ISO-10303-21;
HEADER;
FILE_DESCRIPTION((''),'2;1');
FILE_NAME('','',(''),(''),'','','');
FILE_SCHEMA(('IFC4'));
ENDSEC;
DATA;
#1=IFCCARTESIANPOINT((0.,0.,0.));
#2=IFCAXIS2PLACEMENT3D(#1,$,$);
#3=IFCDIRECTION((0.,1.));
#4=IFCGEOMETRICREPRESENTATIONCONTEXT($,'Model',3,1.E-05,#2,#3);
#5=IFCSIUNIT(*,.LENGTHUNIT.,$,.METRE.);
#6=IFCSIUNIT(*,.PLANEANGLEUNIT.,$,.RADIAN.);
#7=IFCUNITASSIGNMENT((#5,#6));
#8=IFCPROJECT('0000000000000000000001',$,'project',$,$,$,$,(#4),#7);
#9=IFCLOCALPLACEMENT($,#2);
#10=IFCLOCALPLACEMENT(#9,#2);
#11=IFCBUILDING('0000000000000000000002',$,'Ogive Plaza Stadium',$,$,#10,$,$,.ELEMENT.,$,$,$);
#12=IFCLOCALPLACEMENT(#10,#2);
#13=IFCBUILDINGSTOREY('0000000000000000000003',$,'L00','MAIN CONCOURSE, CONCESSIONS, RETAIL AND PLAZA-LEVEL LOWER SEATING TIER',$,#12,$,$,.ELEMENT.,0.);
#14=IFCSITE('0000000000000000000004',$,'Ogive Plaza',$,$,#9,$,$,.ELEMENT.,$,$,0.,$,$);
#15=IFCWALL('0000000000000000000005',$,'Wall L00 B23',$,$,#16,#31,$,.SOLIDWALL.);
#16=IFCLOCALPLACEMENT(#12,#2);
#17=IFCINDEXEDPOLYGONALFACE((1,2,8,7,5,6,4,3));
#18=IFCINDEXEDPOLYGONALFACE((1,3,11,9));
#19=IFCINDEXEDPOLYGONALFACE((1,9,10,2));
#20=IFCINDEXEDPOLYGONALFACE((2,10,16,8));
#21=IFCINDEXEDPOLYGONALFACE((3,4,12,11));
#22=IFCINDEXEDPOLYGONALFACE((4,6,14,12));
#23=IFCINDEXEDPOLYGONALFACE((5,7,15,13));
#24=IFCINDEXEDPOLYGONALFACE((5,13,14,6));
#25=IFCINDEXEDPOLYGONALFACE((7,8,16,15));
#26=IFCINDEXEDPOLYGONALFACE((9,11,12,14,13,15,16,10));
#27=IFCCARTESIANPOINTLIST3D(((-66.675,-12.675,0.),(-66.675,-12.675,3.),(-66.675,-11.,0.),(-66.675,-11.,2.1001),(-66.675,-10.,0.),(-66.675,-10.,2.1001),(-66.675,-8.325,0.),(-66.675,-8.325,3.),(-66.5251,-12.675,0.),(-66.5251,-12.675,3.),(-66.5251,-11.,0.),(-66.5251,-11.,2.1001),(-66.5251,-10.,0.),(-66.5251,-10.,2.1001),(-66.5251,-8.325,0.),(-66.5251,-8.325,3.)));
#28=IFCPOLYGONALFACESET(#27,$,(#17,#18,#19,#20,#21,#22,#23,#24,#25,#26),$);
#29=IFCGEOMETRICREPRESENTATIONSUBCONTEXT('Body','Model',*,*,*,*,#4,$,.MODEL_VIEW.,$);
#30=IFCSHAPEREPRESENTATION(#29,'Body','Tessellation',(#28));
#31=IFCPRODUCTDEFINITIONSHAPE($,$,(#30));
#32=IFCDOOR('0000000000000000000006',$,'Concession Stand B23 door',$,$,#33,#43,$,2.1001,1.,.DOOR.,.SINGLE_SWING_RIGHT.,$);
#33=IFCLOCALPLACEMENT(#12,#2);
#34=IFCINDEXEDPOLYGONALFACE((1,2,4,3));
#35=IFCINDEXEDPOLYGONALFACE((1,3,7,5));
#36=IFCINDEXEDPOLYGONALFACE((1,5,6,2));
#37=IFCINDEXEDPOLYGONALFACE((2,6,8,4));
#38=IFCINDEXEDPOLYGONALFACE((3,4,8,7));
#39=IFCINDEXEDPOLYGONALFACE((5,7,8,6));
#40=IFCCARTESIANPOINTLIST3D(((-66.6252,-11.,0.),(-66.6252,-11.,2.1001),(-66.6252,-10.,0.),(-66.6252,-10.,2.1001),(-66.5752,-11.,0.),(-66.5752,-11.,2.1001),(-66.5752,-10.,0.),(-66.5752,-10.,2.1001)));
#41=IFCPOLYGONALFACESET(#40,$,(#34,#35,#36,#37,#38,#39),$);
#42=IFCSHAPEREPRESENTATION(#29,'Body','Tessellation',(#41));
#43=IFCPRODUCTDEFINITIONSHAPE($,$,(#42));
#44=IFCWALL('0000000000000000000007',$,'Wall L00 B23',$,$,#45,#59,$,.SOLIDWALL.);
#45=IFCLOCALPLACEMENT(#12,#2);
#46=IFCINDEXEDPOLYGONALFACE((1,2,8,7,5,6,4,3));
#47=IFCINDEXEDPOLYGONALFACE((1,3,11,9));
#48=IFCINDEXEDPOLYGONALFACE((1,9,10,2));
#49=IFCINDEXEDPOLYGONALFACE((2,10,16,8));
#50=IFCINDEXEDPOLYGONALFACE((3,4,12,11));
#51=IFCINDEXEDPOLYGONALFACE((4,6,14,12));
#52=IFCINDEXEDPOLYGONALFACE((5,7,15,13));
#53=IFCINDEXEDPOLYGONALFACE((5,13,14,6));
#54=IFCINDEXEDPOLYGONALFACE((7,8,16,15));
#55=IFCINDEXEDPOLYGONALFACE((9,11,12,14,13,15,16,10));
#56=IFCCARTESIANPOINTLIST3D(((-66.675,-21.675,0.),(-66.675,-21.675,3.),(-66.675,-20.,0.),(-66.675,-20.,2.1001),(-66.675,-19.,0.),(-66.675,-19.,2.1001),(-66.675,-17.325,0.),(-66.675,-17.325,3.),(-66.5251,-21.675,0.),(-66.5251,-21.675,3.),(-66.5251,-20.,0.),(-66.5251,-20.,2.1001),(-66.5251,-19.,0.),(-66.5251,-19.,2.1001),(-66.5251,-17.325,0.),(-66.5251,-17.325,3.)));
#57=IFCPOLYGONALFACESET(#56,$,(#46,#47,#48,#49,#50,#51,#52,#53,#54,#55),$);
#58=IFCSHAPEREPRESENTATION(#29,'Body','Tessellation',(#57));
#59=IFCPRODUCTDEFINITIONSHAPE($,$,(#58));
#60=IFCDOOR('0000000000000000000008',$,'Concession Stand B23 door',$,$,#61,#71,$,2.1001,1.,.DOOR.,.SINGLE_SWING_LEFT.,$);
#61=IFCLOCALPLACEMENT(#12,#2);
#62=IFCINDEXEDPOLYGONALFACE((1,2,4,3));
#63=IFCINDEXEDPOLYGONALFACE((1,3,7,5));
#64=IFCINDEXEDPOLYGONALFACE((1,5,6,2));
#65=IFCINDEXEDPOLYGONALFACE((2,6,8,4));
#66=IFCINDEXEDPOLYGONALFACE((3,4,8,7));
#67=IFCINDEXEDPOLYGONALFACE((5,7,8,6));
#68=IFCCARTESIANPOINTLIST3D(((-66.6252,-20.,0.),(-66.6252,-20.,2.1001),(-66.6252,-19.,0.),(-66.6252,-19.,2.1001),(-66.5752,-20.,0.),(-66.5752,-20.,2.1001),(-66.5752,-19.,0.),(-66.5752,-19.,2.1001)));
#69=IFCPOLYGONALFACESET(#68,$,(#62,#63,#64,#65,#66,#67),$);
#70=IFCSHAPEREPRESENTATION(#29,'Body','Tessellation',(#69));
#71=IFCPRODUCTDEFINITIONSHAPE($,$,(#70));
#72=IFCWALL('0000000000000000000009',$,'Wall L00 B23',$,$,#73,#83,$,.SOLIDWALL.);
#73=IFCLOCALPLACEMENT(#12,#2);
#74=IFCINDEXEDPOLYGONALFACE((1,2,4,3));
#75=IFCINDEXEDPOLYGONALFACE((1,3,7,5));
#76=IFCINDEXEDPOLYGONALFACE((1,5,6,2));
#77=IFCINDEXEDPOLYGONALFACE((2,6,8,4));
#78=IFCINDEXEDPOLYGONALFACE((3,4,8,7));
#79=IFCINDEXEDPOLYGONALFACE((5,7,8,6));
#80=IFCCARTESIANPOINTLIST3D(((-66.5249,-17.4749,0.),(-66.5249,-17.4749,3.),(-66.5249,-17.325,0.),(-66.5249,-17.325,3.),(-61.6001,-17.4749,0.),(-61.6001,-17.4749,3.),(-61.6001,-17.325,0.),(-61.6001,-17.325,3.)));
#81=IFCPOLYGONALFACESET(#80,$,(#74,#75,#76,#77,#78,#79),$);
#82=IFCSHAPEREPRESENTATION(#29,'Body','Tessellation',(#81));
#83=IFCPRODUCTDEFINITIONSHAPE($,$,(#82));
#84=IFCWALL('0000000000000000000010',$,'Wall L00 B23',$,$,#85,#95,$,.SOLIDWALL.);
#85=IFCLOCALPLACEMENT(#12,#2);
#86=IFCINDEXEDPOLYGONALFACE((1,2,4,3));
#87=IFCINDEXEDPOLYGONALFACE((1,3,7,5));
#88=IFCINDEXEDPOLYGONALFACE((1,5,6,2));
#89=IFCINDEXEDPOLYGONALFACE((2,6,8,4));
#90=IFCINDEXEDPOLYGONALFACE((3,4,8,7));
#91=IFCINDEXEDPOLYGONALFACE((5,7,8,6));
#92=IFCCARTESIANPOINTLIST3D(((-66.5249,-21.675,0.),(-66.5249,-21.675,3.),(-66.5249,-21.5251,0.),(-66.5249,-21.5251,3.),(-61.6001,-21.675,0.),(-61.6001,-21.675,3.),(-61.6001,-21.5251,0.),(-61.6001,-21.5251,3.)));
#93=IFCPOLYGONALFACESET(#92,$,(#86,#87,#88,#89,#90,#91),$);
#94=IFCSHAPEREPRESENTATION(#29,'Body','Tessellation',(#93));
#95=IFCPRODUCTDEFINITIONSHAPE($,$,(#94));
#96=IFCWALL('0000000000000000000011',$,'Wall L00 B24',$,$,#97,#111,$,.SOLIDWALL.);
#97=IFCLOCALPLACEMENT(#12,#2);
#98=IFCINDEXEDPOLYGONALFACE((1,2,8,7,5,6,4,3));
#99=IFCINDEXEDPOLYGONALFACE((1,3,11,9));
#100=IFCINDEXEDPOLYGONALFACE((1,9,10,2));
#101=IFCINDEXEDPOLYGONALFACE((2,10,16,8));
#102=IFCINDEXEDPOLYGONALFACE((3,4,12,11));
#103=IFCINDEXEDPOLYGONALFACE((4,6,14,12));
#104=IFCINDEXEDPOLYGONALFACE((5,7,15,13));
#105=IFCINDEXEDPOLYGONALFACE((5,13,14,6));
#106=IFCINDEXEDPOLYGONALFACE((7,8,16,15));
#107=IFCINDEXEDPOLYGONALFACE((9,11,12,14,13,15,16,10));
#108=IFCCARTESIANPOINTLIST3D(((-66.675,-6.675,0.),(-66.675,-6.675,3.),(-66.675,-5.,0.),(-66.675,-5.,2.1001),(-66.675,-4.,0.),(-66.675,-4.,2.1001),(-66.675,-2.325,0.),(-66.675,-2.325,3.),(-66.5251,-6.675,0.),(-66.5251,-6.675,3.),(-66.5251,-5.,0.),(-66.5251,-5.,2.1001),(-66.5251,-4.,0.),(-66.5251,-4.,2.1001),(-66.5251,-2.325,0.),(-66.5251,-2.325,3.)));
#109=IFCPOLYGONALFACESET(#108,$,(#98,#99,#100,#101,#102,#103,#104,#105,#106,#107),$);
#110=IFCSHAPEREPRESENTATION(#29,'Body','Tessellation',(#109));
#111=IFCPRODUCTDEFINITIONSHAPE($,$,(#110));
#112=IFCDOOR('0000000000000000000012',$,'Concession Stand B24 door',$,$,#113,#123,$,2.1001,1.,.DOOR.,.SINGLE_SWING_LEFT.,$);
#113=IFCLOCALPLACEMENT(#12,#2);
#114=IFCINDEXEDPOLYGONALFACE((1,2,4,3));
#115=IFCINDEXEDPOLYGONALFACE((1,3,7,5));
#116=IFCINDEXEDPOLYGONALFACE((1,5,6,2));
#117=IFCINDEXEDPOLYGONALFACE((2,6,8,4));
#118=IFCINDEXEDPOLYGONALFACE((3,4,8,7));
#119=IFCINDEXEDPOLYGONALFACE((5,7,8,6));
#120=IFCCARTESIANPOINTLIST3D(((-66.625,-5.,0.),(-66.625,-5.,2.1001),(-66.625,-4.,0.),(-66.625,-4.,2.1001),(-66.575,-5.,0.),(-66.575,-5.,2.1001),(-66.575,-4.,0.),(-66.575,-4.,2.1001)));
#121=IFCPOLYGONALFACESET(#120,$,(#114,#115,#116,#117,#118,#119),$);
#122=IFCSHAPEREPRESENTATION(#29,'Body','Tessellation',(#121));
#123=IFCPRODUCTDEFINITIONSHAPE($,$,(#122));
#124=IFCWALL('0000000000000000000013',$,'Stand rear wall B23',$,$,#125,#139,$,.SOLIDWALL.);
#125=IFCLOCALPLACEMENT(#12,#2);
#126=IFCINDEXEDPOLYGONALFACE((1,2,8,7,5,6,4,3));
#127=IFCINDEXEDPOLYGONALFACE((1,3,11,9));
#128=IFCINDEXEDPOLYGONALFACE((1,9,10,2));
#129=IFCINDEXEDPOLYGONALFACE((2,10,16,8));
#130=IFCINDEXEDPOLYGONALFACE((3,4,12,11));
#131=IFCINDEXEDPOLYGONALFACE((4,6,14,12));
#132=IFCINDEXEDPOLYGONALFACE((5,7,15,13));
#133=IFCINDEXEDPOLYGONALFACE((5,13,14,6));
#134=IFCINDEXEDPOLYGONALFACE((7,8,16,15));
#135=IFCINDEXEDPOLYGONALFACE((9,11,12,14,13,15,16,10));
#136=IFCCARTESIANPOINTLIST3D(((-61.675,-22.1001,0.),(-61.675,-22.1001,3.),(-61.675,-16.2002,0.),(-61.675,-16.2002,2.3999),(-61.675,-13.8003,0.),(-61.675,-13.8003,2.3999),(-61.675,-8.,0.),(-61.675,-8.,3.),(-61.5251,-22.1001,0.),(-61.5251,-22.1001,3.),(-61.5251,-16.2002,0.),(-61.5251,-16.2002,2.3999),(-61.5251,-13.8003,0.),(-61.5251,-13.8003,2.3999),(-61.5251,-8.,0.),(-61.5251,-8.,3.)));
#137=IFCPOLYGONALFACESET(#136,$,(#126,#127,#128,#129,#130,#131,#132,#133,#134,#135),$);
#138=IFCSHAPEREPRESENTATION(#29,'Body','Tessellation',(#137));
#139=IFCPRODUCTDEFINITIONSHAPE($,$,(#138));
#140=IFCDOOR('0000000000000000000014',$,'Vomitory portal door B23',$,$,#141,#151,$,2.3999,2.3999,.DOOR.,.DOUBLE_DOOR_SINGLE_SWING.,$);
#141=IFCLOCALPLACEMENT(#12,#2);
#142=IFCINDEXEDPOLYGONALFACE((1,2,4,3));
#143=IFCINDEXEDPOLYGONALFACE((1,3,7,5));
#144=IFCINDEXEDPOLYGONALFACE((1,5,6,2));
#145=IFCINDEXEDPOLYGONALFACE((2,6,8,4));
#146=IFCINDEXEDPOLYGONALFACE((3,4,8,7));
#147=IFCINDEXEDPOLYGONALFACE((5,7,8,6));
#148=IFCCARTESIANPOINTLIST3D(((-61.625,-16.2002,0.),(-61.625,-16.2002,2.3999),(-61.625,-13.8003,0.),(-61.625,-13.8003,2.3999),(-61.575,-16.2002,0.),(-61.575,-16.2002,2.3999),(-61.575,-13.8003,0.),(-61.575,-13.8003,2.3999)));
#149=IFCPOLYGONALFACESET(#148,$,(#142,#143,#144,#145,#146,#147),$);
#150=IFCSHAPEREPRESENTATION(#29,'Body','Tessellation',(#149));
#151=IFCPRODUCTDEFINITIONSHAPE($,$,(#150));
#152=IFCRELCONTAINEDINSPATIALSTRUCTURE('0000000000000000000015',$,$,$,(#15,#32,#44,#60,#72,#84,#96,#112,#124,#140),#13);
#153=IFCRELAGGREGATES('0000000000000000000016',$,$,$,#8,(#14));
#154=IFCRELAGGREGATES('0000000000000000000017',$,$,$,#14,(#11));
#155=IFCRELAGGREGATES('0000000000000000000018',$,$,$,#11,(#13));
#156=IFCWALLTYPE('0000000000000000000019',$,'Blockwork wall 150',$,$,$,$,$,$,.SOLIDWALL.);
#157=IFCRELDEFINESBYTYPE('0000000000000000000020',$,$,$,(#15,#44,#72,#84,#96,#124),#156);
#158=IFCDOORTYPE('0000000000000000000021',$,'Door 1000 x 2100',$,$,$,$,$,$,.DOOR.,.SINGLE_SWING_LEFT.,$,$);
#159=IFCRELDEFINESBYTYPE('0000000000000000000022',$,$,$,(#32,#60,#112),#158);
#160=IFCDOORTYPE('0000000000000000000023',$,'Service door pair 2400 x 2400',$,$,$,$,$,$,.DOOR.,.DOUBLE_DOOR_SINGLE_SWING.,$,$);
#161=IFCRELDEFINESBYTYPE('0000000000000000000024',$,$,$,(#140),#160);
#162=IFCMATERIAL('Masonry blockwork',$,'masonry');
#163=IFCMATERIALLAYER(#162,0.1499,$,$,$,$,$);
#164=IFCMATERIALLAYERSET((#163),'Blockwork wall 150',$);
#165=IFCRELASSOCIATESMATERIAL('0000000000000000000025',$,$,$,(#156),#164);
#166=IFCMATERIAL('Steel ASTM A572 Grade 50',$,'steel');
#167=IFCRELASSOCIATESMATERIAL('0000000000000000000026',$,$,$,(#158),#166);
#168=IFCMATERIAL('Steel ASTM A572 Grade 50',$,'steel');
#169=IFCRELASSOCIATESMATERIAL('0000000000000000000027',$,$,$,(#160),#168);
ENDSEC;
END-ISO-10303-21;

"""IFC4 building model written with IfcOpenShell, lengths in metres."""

from ifc_helpers import new_model, si_unit, direction, frame, frame_2d, origin, place, context, subcontext, project, spatial, rectangle, extrude, material, layer, layer_set, type_object, element, fill, save


model = new_model("IFC4")

# Units and contexts
model_context = context("Model", 3, precision=1e-05, world=origin(), true_north=direction((0.0, 1.0)))
body_context = subcontext(model_context, "Body", "Model", "MODEL_VIEW")
ifc_project = project(units=[si_unit("LENGTHUNIT", "METRE"), si_unit("PLANEANGLEUNIT", "RADIAN")], contexts=[model_context])

# Site, building, storey
site_placement = place(None, origin())
site = spatial("IfcSite", under=ifc_project, at=site_placement, Name="Ogive Plaza", CompositionType="ELEMENT", RefElevation=0.0)
building_placement = place(site_placement, origin())
building = spatial("IfcBuilding", under=site, at=building_placement, Name="Ogive Plaza Stadium", CompositionType="ELEMENT")
storey_placement = place(building_placement, origin())
storey = spatial("IfcBuildingStorey", under=building, at=storey_placement, Name="L00", Description="MAIN CONCOURSE, CONCESSIONS, RETAIL AND PLAZA-LEVEL LOWER SEATING TIER", CompositionType="ELEMENT", Elevation=0.0)

# Shared definitions
ifc_material_1 = material(Name="Masonry blockwork", Category="masonry")
ifc_layer = layer(ifc_material_1, 0.1499)
ifc_layer_set = layer_set([ifc_layer], Name="Blockwork wall 150")
wall_type = type_object("IfcWallType", Name="Blockwork wall 150", PredefinedType="SOLIDWALL", material=ifc_layer_set)

# Walls, openings, doors
wall_1_placement = place(storey_placement, frame((-66.6001, -8.325, 0.0), z_axis=(0.0, 0.0, 1.0), x_axis=(0.0, -1.0, 0.0)))
wall_1 = element("IfcWall", 1, at=wall_1_placement, inside=storey, type_object=wall_type, Name="Wall L00 B23", PredefinedType="SOLIDWALL", context=body_context, shape_type="SweptSolid", body=[
    extrude(rectangle(XDim=4.3501, YDim=0.1499, at=frame_2d((2.175, 0.0))), origin(), (0.0, 0.0, 1.0), 3.0),
])
opening_1_placement = place(wall_1_placement, frame((1.675, 0.0, 0.0)))
opening_1 = element("IfcOpeningElement", 2, at=opening_1_placement, cuts=wall_1, PredefinedType="OPENING", context=body_context, shape_type="SweptSolid", body=[
    extrude(rectangle(XDim=1.0, YDim=2.1001, at=frame_2d((0.5, 1.05))), frame((0.0, 0.075, 0.0), z_axis=(0.0, -1.0, 0.0), x_axis=(1.0, 0.0, 0.0)), (0.0, 0.0, 1.0), 0.1499),
])
ifc_material_2 = material(Name="Steel ASTM A572 Grade 50", Category="steel")
door_type_1 = type_object("IfcDoorType", Name="Door 1000 x 2100", OperationType="SINGLE_SWING_LEFT", PredefinedType="DOOR", material=ifc_material_2)
door_1_placement = place(opening_1_placement, origin())
door_1 = element("IfcDoor", 3, at=door_1_placement, inside=storey, type_object=door_type_1, Name="Concession Stand B23 door", OperationType="SINGLE_SWING_RIGHT", OverallHeight=2.1001, OverallWidth=1.0, PredefinedType="DOOR", context=body_context, shape_type="SweptSolid", body=[
    extrude(rectangle(XDim=1.0, YDim=2.1001, at=frame_2d((0.5, 1.05))), frame((0.0, 0.0249, 0.0), z_axis=(0.0, -1.0, 0.0), x_axis=(1.0, 0.0, 0.0)), (0.0, 0.0, 1.0), 0.05),
])
fill(opening_1, door_1)
wall_2_placement = place(storey_placement, frame((-66.6001, -17.325, 0.0), z_axis=(0.0, 0.0, 1.0), x_axis=(0.0, -1.0, 0.0)))
wall_2 = element("IfcWall", 4, at=wall_2_placement, inside=storey, type_object=wall_type, Name="Wall L00 B23", PredefinedType="SOLIDWALL", context=body_context, shape_type="SweptSolid", body=[
    extrude(rectangle(XDim=4.3501, YDim=0.1499, at=frame_2d((2.175, 0.0))), origin(), (0.0, 0.0, 1.0), 3.0),
])
opening_2_placement = place(wall_2_placement, frame((1.675, 0.0, 0.0)))
opening_2 = element("IfcOpeningElement", 5, at=opening_2_placement, cuts=wall_2, PredefinedType="OPENING", context=body_context, shape_type="SweptSolid", body=[
    extrude(rectangle(XDim=1.0, YDim=2.1001, at=frame_2d((0.5, 1.05))), frame((0.0, 0.075, 0.0), z_axis=(0.0, -1.0, 0.0), x_axis=(1.0, 0.0, 0.0)), (0.0, 0.0, 1.0), 0.1499),
])
door_2_placement = place(opening_2_placement, origin())
door_2 = element("IfcDoor", 6, at=door_2_placement, inside=storey, type_object=door_type_1, Name="Concession Stand B23 door", OperationType="SINGLE_SWING_LEFT", OverallHeight=2.1001, OverallWidth=1.0, PredefinedType="DOOR", context=body_context, shape_type="SweptSolid", body=[
    extrude(rectangle(XDim=1.0, YDim=2.1001, at=frame_2d((0.5, 1.05))), frame((0.0, 0.0249, 0.0), z_axis=(0.0, -1.0, 0.0), x_axis=(1.0, 0.0, 0.0)), (0.0, 0.0, 1.0), 0.05),
])
fill(opening_2, door_2)

# Walls
for number, where, z_axis, x_axis, name in (
    (7, (-61.6001, -17.3999, 0.0), (0.0, 0.0, 1.0), (-1.0, 0.0, 0.0), "Wall L00 B23"),
    (8, (-61.6001, -21.6001, 0.0), (0.0, 0.0, 1.0), (-1.0, 0.0, 0.0), "Wall L00 B23"),
):
    element("IfcWall", number, at=place(storey_placement, frame(where, z_axis=z_axis, x_axis=x_axis)), inside=storey, type_object=wall_type, Name=name, PredefinedType="SOLIDWALL", context=body_context, shape_type="SweptSolid", body=[
        extrude(rectangle(XDim=4.9248, YDim=0.1499, at=frame_2d((2.4624, 0.0))), origin(), (0.0, 0.0, 1.0), 3.0),
    ])

# Walls, openings, doors
wall_3_placement = place(storey_placement, frame((-66.6001, -6.675, 0.0), z_axis=(0.0, 0.0, 1.0), x_axis=(0.0, 1.0, 0.0)))
wall_3 = element("IfcWall", 9, at=wall_3_placement, inside=storey, type_object=wall_type, Name="Wall L00 B24", PredefinedType="SOLIDWALL", context=body_context, shape_type="SweptSolid", body=[
    extrude(rectangle(XDim=4.3501, YDim=0.1499, at=frame_2d((2.175, 0.0))), origin(), (0.0, 0.0, 1.0), 3.0),
])
opening_3_placement = place(wall_3_placement, frame((1.675, 0.0, 0.0)))
opening_3 = element("IfcOpeningElement", 10, at=opening_3_placement, cuts=wall_3, PredefinedType="OPENING", context=body_context, shape_type="SweptSolid", body=[
    extrude(rectangle(XDim=1.0, YDim=2.1001, at=frame_2d((0.5, 1.05))), frame((0.0, 0.075, 0.0), z_axis=(0.0, -1.0, 0.0), x_axis=(1.0, 0.0, 0.0)), (0.0, 0.0, 1.0), 0.1499),
])
door_3_placement = place(opening_3_placement, origin())
door_3 = element("IfcDoor", 11, at=door_3_placement, inside=storey, type_object=door_type_1, Name="Concession Stand B24 door", OperationType="SINGLE_SWING_LEFT", OverallHeight=2.1001, OverallWidth=1.0, PredefinedType="DOOR", context=body_context, shape_type="SweptSolid", body=[
    extrude(rectangle(XDim=1.0, YDim=2.1001, at=frame_2d((0.5, 1.05))), frame((0.0, 0.0249, 0.0), z_axis=(0.0, -1.0, 0.0), x_axis=(1.0, 0.0, 0.0)), (0.0, 0.0, 1.0), 0.05),
])
fill(opening_3, door_3)
wall_4_placement = place(storey_placement, frame((-61.6001, -22.1001, 0.0), z_axis=(0.0, 0.0, 1.0), x_axis=(0.0, 1.0, 0.0)))
wall_4 = element("IfcWall", 12, at=wall_4_placement, inside=storey, type_object=wall_type, Name="Stand rear wall B23", PredefinedType="SOLIDWALL", context=body_context, shape_type="SweptSolid", body=[
    extrude(rectangle(XDim=14.1001, YDim=0.1499, at=frame_2d((7.05, 0.0))), origin(), (0.0, 0.0, 1.0), 3.0),
])
opening_4_placement = place(wall_4_placement, frame((5.8999, 0.0, 0.0)))
opening_4 = element("IfcOpeningElement", 13, at=opening_4_placement, cuts=wall_4, PredefinedType="OPENING", context=body_context, shape_type="SweptSolid", body=[
    extrude(rectangle(XDim=2.3999, YDim=2.3999, at=frame_2d((1.2, 1.2))), frame((0.0, 0.075, 0.0), z_axis=(0.0, -1.0, 0.0), x_axis=(1.0, 0.0, 0.0)), (0.0, 0.0, 1.0), 0.1499),
])
ifc_material_3 = material(Name="Steel ASTM A572 Grade 50", Category="steel")
door_type_2 = type_object("IfcDoorType", Name="Service door pair 2400 x 2400", OperationType="DOUBLE_DOOR_SINGLE_SWING", PredefinedType="DOOR", material=ifc_material_3)
door_4_placement = place(opening_4_placement, origin())
door_4 = element("IfcDoor", 14, at=door_4_placement, inside=storey, type_object=door_type_2, Name="Vomitory portal door B23", OperationType="DOUBLE_DOOR_SINGLE_SWING", OverallHeight=2.3999, OverallWidth=2.3999, PredefinedType="DOOR", context=body_context, shape_type="SweptSolid", body=[
    extrude(rectangle(XDim=2.3999, YDim=2.3999, at=frame_2d((1.2, 1.2))), frame((0.0, 0.0249, 0.0), z_axis=(0.0, -1.0, 0.0), x_axis=(1.0, 0.0, 0.0)), (0.0, 0.0, 1.0), 0.05),
])
fill(opening_4, door_4)

save(model, "model.ifc")
